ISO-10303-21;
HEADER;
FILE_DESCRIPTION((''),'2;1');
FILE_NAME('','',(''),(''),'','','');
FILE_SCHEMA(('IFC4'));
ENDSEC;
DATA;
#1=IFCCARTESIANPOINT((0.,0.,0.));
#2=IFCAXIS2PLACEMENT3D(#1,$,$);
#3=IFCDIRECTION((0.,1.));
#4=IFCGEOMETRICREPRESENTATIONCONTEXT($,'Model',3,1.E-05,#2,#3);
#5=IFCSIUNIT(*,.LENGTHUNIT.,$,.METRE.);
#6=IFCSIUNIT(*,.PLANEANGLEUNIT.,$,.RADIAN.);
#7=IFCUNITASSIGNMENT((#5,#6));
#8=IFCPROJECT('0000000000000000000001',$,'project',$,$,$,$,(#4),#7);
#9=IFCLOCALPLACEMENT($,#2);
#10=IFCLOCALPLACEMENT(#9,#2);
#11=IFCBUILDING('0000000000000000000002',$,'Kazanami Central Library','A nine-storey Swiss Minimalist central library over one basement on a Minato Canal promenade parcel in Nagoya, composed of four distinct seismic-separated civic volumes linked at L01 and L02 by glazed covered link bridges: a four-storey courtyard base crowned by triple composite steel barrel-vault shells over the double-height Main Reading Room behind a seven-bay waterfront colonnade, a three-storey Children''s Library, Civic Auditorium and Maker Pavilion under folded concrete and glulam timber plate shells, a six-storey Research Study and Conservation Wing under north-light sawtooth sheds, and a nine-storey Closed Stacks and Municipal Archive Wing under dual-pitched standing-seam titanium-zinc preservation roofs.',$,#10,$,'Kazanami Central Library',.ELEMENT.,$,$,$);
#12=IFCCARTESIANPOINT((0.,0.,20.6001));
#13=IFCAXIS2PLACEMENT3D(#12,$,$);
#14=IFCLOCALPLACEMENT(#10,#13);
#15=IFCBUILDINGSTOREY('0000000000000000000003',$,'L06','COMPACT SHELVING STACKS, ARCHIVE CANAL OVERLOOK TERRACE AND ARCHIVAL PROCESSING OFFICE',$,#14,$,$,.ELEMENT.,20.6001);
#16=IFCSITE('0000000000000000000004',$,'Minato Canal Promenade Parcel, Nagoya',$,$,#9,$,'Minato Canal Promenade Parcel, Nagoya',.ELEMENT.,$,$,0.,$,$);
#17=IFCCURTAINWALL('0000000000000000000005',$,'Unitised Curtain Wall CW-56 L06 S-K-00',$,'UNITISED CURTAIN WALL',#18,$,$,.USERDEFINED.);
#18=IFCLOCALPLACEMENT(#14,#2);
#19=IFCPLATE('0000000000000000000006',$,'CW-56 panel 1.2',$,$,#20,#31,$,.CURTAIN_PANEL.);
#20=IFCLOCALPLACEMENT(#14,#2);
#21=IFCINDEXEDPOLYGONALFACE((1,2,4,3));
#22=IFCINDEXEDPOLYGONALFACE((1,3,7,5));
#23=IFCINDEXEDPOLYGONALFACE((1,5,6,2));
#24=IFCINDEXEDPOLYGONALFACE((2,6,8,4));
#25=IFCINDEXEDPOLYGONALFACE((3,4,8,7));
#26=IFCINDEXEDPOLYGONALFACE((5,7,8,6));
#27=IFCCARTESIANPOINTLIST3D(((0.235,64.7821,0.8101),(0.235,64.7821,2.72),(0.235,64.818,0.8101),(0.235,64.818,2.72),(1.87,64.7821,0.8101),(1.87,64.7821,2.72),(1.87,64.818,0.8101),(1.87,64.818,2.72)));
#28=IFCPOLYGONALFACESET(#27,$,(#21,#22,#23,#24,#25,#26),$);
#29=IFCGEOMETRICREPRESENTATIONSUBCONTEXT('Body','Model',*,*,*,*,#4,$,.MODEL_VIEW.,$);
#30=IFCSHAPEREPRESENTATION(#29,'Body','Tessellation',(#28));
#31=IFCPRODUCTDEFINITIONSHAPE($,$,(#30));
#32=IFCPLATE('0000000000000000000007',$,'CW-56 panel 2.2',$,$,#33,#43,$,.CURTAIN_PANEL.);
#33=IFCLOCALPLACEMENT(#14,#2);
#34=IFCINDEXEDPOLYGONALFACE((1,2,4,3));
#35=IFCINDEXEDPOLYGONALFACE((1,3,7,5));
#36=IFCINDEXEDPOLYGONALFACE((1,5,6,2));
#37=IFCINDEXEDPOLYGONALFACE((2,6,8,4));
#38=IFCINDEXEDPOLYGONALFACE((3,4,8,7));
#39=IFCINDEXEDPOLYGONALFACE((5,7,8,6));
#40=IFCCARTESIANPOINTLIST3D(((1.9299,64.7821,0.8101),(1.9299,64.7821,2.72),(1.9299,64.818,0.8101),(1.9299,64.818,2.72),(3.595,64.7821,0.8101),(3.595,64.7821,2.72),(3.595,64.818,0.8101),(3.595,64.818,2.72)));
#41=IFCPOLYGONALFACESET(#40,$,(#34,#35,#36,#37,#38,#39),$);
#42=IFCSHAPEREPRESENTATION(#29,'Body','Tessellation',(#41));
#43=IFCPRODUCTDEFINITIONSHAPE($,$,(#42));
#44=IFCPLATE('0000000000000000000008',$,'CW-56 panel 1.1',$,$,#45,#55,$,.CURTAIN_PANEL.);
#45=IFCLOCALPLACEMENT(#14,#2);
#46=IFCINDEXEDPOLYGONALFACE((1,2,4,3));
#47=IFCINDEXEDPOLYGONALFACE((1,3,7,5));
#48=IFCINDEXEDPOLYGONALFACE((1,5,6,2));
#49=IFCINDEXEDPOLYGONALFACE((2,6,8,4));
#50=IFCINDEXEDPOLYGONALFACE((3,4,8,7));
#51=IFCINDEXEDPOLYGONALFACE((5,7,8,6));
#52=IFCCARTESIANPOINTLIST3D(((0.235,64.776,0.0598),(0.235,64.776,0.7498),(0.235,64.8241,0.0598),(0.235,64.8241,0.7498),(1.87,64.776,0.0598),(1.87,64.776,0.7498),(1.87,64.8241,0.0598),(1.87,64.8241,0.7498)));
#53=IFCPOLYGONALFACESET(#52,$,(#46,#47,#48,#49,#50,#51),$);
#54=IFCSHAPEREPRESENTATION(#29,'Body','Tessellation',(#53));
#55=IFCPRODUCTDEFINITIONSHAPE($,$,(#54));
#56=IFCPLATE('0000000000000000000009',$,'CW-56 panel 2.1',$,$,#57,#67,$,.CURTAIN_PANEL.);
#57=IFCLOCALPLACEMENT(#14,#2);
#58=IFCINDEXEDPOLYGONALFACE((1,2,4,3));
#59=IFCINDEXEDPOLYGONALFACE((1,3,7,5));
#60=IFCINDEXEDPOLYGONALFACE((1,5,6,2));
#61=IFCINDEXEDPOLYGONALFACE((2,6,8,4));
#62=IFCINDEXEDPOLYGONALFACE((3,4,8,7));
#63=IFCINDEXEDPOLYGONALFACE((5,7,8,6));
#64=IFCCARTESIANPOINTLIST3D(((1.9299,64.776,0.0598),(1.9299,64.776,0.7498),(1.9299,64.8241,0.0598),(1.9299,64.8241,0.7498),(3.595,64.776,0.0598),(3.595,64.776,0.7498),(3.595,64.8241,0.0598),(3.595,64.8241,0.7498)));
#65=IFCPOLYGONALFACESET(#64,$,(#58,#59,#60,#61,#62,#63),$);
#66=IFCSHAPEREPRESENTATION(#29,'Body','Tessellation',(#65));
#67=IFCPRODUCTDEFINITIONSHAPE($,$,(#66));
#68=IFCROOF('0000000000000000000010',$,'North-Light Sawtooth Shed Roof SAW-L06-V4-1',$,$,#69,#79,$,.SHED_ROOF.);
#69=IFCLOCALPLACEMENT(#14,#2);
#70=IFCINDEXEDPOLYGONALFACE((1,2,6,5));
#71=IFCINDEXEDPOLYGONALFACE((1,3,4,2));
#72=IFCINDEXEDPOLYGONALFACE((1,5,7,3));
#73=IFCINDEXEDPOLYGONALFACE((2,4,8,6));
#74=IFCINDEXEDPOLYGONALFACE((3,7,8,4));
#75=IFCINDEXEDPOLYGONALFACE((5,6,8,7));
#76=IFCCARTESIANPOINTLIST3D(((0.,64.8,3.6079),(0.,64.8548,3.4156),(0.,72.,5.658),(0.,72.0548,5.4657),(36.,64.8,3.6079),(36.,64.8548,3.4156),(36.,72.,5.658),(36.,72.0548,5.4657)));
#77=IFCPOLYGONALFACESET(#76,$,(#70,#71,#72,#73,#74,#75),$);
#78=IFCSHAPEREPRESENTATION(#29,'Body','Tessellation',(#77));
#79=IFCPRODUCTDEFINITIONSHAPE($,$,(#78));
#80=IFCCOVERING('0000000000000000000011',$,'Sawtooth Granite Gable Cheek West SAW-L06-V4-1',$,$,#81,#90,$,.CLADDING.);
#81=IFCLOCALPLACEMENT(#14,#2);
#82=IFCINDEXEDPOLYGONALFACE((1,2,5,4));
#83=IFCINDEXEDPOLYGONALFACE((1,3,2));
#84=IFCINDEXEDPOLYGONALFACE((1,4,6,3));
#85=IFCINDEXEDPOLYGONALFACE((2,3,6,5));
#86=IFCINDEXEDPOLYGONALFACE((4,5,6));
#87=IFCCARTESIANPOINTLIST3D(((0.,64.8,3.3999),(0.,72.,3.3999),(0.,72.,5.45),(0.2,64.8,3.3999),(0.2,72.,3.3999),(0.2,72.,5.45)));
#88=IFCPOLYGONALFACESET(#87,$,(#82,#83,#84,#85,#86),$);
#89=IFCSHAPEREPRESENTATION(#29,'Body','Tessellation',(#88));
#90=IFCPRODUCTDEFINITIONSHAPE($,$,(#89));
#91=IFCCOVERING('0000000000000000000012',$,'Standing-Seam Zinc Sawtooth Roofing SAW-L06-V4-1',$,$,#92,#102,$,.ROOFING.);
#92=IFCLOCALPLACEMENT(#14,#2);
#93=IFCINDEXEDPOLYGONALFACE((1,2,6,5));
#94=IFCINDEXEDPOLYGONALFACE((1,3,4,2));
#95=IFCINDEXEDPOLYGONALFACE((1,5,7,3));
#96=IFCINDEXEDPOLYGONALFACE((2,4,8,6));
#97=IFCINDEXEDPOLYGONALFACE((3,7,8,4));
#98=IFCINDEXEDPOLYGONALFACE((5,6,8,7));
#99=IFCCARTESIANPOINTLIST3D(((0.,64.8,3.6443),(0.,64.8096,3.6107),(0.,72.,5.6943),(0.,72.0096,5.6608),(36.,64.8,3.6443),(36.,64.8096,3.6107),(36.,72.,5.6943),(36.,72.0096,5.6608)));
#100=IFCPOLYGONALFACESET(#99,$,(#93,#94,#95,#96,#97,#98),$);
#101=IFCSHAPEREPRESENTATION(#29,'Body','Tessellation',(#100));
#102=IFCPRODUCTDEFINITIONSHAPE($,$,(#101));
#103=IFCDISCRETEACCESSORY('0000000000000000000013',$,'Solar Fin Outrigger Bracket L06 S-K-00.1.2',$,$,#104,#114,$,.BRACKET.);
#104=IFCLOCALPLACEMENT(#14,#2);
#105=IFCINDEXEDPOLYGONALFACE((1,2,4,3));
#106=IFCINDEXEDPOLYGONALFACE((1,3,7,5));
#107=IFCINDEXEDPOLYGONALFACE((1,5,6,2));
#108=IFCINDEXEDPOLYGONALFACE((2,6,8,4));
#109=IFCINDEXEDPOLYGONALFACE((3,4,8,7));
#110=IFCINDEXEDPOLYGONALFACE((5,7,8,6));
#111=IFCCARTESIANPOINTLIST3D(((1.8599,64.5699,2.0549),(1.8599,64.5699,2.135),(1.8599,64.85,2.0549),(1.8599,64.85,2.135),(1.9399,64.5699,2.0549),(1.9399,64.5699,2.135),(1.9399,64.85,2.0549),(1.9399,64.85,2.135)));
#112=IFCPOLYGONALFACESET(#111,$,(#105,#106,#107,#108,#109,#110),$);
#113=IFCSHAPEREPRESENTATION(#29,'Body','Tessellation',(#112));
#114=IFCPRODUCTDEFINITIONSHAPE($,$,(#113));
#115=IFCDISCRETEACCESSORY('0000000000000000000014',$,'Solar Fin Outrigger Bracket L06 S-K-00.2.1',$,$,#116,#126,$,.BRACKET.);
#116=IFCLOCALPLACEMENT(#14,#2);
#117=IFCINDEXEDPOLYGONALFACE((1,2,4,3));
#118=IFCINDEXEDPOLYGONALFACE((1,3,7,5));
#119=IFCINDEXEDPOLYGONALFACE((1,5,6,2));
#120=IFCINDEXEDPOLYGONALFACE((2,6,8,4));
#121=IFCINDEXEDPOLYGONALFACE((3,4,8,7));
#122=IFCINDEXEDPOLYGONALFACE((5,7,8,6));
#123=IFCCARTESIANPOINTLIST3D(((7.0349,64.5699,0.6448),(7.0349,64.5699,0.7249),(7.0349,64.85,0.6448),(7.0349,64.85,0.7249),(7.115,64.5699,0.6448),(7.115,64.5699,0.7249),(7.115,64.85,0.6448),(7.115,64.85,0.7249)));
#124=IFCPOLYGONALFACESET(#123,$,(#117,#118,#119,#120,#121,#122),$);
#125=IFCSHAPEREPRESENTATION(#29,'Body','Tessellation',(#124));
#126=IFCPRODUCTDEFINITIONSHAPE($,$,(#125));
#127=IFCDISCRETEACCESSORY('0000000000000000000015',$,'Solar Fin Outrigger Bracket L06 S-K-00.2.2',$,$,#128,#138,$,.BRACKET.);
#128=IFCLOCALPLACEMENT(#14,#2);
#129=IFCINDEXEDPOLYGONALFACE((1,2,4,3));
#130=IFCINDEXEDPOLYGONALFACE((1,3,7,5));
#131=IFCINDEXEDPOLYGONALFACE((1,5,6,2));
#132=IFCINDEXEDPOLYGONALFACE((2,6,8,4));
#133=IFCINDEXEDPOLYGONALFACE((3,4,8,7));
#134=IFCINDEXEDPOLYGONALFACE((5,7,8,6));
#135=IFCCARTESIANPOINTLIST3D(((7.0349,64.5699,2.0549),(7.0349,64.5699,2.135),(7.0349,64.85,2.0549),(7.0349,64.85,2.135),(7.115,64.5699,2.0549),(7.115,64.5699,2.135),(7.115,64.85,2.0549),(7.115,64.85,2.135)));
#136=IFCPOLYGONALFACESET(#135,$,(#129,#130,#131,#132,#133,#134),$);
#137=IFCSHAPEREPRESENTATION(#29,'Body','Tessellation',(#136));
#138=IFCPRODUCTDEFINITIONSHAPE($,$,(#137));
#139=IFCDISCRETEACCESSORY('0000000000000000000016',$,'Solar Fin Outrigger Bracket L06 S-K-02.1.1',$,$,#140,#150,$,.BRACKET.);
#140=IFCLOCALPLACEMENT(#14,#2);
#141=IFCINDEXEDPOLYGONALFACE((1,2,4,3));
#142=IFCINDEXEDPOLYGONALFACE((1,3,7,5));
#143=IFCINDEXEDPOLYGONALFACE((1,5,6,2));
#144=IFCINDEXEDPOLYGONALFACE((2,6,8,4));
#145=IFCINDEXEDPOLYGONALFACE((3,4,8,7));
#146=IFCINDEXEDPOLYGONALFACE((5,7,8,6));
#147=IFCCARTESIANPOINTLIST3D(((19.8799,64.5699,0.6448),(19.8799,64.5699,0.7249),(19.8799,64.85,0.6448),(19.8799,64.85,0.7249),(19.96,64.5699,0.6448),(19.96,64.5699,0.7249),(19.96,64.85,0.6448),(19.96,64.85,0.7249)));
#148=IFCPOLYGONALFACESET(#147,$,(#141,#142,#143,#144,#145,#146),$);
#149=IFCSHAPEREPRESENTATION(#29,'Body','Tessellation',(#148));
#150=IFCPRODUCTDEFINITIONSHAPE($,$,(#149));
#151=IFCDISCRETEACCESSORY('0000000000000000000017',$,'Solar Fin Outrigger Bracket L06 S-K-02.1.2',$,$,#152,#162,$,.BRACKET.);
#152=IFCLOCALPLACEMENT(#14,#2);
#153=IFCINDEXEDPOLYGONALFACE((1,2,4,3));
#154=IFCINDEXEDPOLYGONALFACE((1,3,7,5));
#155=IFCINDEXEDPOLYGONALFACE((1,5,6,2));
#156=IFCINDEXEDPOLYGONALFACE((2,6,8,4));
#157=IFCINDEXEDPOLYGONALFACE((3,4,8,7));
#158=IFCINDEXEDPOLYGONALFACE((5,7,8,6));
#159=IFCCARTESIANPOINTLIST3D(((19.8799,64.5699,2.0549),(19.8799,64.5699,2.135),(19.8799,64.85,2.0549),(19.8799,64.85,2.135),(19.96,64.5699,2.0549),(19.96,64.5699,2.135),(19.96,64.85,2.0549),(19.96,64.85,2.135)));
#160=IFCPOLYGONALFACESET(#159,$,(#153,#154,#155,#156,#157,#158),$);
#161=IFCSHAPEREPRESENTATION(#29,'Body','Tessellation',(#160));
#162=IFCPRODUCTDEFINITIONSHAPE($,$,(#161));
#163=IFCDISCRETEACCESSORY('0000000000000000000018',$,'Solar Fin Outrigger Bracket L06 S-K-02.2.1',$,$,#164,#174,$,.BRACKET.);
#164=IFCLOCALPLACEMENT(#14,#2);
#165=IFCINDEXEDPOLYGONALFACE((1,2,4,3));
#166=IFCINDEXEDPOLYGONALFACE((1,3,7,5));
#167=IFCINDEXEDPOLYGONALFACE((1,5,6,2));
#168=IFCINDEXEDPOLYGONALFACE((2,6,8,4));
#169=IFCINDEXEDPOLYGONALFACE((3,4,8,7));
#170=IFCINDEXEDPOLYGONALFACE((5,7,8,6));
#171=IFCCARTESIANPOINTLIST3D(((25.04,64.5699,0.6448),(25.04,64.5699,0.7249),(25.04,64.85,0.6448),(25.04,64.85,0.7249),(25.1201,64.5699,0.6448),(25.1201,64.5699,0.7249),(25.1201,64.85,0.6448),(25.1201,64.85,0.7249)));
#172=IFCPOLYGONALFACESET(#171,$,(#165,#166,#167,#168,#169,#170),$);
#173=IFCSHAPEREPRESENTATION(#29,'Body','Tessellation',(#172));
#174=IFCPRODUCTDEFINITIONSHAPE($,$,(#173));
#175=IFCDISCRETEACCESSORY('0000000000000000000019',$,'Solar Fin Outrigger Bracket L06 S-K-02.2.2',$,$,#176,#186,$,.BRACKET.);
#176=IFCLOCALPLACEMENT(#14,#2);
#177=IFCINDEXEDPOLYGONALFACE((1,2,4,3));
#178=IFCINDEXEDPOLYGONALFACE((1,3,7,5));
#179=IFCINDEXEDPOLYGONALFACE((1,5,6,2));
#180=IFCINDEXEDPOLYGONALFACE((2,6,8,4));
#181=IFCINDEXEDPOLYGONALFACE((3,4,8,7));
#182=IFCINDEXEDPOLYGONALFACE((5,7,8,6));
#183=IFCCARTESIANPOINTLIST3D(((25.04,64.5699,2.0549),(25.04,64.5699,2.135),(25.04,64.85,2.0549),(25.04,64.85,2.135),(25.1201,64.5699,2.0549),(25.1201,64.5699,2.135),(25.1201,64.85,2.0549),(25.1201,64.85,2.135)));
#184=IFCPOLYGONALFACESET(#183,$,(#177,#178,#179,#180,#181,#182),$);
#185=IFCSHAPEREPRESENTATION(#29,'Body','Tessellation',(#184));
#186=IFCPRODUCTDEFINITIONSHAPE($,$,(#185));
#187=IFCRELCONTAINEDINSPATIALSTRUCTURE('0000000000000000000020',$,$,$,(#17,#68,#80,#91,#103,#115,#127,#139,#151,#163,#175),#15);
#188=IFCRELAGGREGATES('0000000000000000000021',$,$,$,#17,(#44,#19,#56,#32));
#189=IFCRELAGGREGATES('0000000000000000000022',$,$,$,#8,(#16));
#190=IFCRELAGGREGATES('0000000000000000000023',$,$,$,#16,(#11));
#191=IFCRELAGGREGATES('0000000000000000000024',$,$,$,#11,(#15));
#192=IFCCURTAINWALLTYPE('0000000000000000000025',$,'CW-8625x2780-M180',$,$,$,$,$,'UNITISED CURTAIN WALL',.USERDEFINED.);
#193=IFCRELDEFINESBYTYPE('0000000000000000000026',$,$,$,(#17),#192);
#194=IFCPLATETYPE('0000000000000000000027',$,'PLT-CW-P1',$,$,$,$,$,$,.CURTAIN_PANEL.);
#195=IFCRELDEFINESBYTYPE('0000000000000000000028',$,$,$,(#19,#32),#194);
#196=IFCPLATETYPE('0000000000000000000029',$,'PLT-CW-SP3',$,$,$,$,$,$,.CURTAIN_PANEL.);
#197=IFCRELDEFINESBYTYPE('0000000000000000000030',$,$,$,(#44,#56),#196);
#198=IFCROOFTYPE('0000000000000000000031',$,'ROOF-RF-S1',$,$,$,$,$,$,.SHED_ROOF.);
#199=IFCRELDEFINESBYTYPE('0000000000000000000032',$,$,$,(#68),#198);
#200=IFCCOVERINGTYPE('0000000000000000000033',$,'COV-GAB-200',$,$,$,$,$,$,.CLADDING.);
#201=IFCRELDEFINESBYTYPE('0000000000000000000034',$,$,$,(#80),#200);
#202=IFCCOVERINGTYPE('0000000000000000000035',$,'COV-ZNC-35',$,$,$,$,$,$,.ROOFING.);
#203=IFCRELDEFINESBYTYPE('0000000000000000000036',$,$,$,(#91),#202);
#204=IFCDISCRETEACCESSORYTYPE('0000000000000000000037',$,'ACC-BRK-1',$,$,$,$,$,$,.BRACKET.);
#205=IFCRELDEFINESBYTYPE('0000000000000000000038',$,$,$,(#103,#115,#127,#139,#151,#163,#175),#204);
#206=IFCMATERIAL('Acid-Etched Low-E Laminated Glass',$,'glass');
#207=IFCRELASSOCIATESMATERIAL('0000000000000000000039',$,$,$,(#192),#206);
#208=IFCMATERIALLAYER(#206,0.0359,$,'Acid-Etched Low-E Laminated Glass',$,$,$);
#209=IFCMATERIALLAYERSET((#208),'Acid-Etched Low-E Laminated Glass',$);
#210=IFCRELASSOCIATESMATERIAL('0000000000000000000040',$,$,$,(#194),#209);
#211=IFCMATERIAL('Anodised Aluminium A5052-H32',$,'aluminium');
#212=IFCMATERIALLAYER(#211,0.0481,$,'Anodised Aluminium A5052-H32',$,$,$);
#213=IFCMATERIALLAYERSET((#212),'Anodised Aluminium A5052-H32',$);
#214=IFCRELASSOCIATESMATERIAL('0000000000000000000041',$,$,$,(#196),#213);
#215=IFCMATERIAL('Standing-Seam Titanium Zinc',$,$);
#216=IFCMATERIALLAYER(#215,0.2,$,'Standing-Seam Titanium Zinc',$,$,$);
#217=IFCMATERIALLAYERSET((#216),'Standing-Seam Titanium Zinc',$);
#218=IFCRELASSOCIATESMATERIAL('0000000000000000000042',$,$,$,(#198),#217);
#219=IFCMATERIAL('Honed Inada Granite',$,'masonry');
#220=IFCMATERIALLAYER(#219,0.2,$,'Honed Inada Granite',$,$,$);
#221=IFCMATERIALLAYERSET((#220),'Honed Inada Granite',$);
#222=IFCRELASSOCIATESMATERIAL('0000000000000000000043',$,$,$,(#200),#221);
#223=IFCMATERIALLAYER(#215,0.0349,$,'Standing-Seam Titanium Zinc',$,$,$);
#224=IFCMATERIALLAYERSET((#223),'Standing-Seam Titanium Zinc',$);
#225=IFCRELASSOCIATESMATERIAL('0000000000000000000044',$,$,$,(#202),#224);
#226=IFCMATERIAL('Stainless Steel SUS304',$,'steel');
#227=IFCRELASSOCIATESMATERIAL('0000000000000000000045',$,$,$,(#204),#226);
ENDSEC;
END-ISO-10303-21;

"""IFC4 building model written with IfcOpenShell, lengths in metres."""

from ifc_helpers import new_model, si_unit, direction, frame, origin, origin_2d, place, context, subcontext, project, spatial, polyline, rectangle, outline, extrude, material, layer, layer_set, type_object, element, aggregate, save


model = new_model("IFC4")

# Units and contexts
model_context = context("Model", 3, precision=1e-05, world=origin(), true_north=direction((0.0, 1.0)))
body_context = subcontext(model_context, "Body", "Model", "MODEL_VIEW")
ifc_project = project(units=[si_unit("LENGTHUNIT", "METRE"), si_unit("PLANEANGLEUNIT", "RADIAN")], contexts=[model_context])

# Site, building, storey
site_placement = place(None, origin())
site = spatial("IfcSite", under=ifc_project, at=site_placement, Name="Minato Canal Promenade Parcel, Nagoya", LongName="Minato Canal Promenade Parcel, Nagoya", CompositionType="ELEMENT", RefElevation=0.0)
building_placement = place(site_placement, origin())
building = spatial("IfcBuilding", under=site, at=building_placement, Name="Kazanami Central Library", Description="A nine-storey Swiss Minimalist central library over one basement on a Minato Canal promenade parcel in Nagoya, composed of four distinct seismic-separated civic volumes linked at L01 and L02 by glazed covered link bridges: a four-storey courtyard base crowned by triple composite steel barrel-vault shells over the double-height Main Reading Room behind a seven-bay waterfront colonnade, a three-storey Children's Library, Civic Auditorium and Maker Pavilion under folded concrete and glulam timber plate shells, a six-storey Research Study and Conservation Wing under north-light sawtooth sheds, and a nine-storey Closed Stacks and Municipal Archive Wing under dual-pitched standing-seam titanium-zinc preservation roofs.", LongName="Kazanami Central Library", CompositionType="ELEMENT")
storey_placement = place(building_placement, frame((0.0, 0.0, 20.6001)))
storey = spatial("IfcBuildingStorey", under=building, at=storey_placement, Name="L06", Description="COMPACT SHELVING STACKS, ARCHIVE CANAL OVERLOOK TERRACE AND ARCHIVAL PROCESSING OFFICE", CompositionType="ELEMENT", Elevation=20.6001)

# Curtain wall, plates
ifc_material_1 = material(Name="Acid-Etched Low-E Laminated Glass", Category="glass")
curtain_wall_type = type_object("IfcCurtainWallType", Name="CW-8625x2780-M180", ElementType="UNITISED CURTAIN WALL", PredefinedType="USERDEFINED", material=ifc_material_1)
curtain_wall_placement = place(storey_placement, origin())
curtain_wall = element("IfcCurtainWall", 1, at=curtain_wall_placement, inside=storey, type_object=curtain_wall_type, Name="Unitised Curtain Wall CW-56 L06 S-K-00", ObjectType="UNITISED CURTAIN WALL", PredefinedType="USERDEFINED")
ifc_layer_1 = layer(ifc_material_1, 0.0359, Name="Acid-Etched Low-E Laminated Glass")
ifc_layer_set_1 = layer_set([ifc_layer_1], Name="Acid-Etched Low-E Laminated Glass")
plate_type_1 = type_object("IfcPlateType", Name="PLT-CW-P1", PredefinedType="CURTAIN_PANEL", material=ifc_layer_set_1)
plate_1_placement = place(storey_placement, frame((1.0525, 64.8, 0.8101), z_axis=(0.0, 0.0, 1.0), x_axis=(1.0, 0.0, 0.0)))
plate_1 = element("IfcPlate", 2, at=plate_1_placement, type_object=plate_type_1, Name="CW-56 panel 1.2", PredefinedType="CURTAIN_PANEL", context=body_context, shape_type="SweptSolid", body=[
    extrude(rectangle(XDim=1.635, YDim=0.0359, at=origin_2d()), origin(), (0.0, 0.0, 1.0), 1.9099),
])
plate_2_placement = place(storey_placement, frame((2.7625, 64.8, 0.8101), z_axis=(0.0, 0.0, 1.0), x_axis=(1.0, 0.0, 0.0)))
plate_2 = element("IfcPlate", 3, at=plate_2_placement, type_object=plate_type_1, Name="CW-56 panel 2.2", PredefinedType="CURTAIN_PANEL", context=body_context, shape_type="SweptSolid", body=[
    extrude(rectangle(XDim=1.665, YDim=0.0359, at=origin_2d()), origin(), (0.0, 0.0, 1.0), 1.9099),
])
ifc_material_2 = material(Name="Anodised Aluminium A5052-H32", Category="aluminium")
ifc_layer_2 = layer(ifc_material_2, 0.0481, Name="Anodised Aluminium A5052-H32")
ifc_layer_set_2 = layer_set([ifc_layer_2], Name="Anodised Aluminium A5052-H32")
plate_type_2 = type_object("IfcPlateType", Name="PLT-CW-SP3", PredefinedType="CURTAIN_PANEL", material=ifc_layer_set_2)
plate_3_placement = place(storey_placement, frame((1.0525, 64.8, 0.0598), z_axis=(0.0, 0.0, 1.0), x_axis=(1.0, 0.0, 0.0)))
plate_3 = element("IfcPlate", 4, at=plate_3_placement, type_object=plate_type_2, Name="CW-56 panel 1.1", PredefinedType="CURTAIN_PANEL", context=body_context, shape_type="SweptSolid", body=[
    extrude(rectangle(XDim=1.635, YDim=0.0481, at=origin_2d()), origin(), (0.0, 0.0, 1.0), 0.6899),
])
plate_4_placement = place(storey_placement, frame((2.7625, 64.8, 0.0598), z_axis=(0.0, 0.0, 1.0), x_axis=(1.0, 0.0, 0.0)))
plate_4 = element("IfcPlate", 5, at=plate_4_placement, type_object=plate_type_2, Name="CW-56 panel 2.1", PredefinedType="CURTAIN_PANEL", context=body_context, shape_type="SweptSolid", body=[
    extrude(rectangle(XDim=1.665, YDim=0.0481, at=origin_2d()), origin(), (0.0, 0.0, 1.0), 0.6899),
])
aggregate(curtain_wall, [plate_3, plate_1, plate_4, plate_2])

# Roof
ifc_material_3 = material(Name="Standing-Seam Titanium Zinc")
ifc_layer_3 = layer(ifc_material_3, 0.2, Name="Standing-Seam Titanium Zinc")
ifc_layer_set_3 = layer_set([ifc_layer_3], Name="Standing-Seam Titanium Zinc")
roof_type = type_object("IfcRoofType", Name="ROOF-RF-S1", PredefinedType="SHED_ROOF", material=ifc_layer_set_3)
roof_placement = place(storey_placement, frame((0.0, 64.8, 3.6079), z_axis=(0.0, -0.273847, 0.961773), x_axis=(1.0, 0.0, 0.0)))
element("IfcRoof", 6, at=roof_placement, inside=storey, type_object=roof_type, Name="North-Light Sawtooth Shed Roof SAW-L06-V4-1", PredefinedType="SHED_ROOF", context=body_context, shape_type="SweptSolid", body=[
    extrude(outline(polyline([(0.0, 0.0), (36.0, 0.0), (36.0, 7.4861), (0.0, 7.4861), (0.0, 0.0)])), origin(), (0.0, 0.0, -1.0), 0.2),
])

# Coverings
ifc_material_4 = material(Name="Honed Inada Granite", Category="masonry")
ifc_layer_4 = layer(ifc_material_4, 0.2, Name="Honed Inada Granite")
ifc_layer_set_4 = layer_set([ifc_layer_4], Name="Honed Inada Granite")
covering_type_1 = type_object("IfcCoveringType", Name="COV-GAB-200", PredefinedType="CLADDING", material=ifc_layer_set_4)
covering_1_placement = place(storey_placement, frame((0.2, 64.8, 3.3999), z_axis=(1.0, 0.0, 0.0), x_axis=(0.0, 1.0, 0.0)))
element("IfcCovering", 7, at=covering_1_placement, inside=storey, type_object=covering_type_1, Name="Sawtooth Granite Gable Cheek West SAW-L06-V4-1", PredefinedType="CLADDING", context=body_context, shape_type="SweptSolid", body=[
    extrude(outline(polyline([(0.0, 0.0), (7.2, 0.0), (7.2, 2.05), (0.0, 0.0)])), origin(), (0.0, 0.0, -1.0), 0.2),
])
ifc_layer_5 = layer(ifc_material_3, 0.0349, Name="Standing-Seam Titanium Zinc")
ifc_layer_set_5 = layer_set([ifc_layer_5], Name="Standing-Seam Titanium Zinc")
covering_type_2 = type_object("IfcCoveringType", Name="COV-ZNC-35", PredefinedType="ROOFING", material=ifc_layer_set_5)
covering_2_placement = place(storey_placement, frame((0.0, 64.8, 3.6443), z_axis=(0.0, -0.273847, 0.961773), x_axis=(1.0, 0.0, 0.0)))
element("IfcCovering", 8, at=covering_2_placement, inside=storey, type_object=covering_type_2, Name="Standing-Seam Zinc Sawtooth Roofing SAW-L06-V4-1", PredefinedType="ROOFING", context=body_context, shape_type="SweptSolid", body=[
    extrude(outline(polyline([(0.0, 0.0), (36.0, 0.0), (36.0, 7.4861), (0.0, 7.4861), (0.0, 0.0)])), origin(), (0.0, 0.0, -1.0), 0.0349),
])

# Discrete accessories
ifc_material_5 = material(Name="Stainless Steel SUS304", Category="steel")
discrete_accessory_type = type_object("IfcDiscreteAccessoryType", Name="ACC-BRK-1", PredefinedType="BRACKET", material=ifc_material_5)
for number, where, z_axis, x_axis, name in (
    (9, (1.8999, 64.71, 2.0549), (0.0, 0.0, 1.0), (1.0, 0.0, 0.0), "Solar Fin Outrigger Bracket L06 S-K-00.1.2"),
    (10, (7.075, 64.71, 0.6448), (0.0, 0.0, 1.0), (1.0, 0.0, 0.0), "Solar Fin Outrigger Bracket L06 S-K-00.2.1"),
    (11, (7.075, 64.71, 2.0549), (0.0, 0.0, 1.0), (1.0, 0.0, 0.0), "Solar Fin Outrigger Bracket L06 S-K-00.2.2"),
    (12, (19.9199, 64.71, 0.6448), (0.0, 0.0, 1.0), (1.0, 0.0, 0.0), "Solar Fin Outrigger Bracket L06 S-K-02.1.1"),
    (13, (19.9199, 64.71, 2.0549), (0.0, 0.0, 1.0), (1.0, 0.0, 0.0), "Solar Fin Outrigger Bracket L06 S-K-02.1.2"),
    (14, (25.0801, 64.71, 0.6448), (0.0, 0.0, 1.0), (1.0, 0.0, 0.0), "Solar Fin Outrigger Bracket L06 S-K-02.2.1"),
    (15, (25.0801, 64.71, 2.0549), (0.0, 0.0, 1.0), (1.0, 0.0, 0.0), "Solar Fin Outrigger Bracket L06 S-K-02.2.2"),
):
    element("IfcDiscreteAccessory", number, at=place(storey_placement, frame(where, z_axis=z_axis, x_axis=x_axis)), inside=storey, type_object=discrete_accessory_type, Name=name, PredefinedType="BRACKET", context=body_context, shape_type="SweptSolid", body=[
        extrude(rectangle(XDim=0.0801, YDim=0.28, at=origin_2d()), origin(), (0.0, 0.0, 1.0), 0.0801),
    ])

save(model, "model.ifc")
